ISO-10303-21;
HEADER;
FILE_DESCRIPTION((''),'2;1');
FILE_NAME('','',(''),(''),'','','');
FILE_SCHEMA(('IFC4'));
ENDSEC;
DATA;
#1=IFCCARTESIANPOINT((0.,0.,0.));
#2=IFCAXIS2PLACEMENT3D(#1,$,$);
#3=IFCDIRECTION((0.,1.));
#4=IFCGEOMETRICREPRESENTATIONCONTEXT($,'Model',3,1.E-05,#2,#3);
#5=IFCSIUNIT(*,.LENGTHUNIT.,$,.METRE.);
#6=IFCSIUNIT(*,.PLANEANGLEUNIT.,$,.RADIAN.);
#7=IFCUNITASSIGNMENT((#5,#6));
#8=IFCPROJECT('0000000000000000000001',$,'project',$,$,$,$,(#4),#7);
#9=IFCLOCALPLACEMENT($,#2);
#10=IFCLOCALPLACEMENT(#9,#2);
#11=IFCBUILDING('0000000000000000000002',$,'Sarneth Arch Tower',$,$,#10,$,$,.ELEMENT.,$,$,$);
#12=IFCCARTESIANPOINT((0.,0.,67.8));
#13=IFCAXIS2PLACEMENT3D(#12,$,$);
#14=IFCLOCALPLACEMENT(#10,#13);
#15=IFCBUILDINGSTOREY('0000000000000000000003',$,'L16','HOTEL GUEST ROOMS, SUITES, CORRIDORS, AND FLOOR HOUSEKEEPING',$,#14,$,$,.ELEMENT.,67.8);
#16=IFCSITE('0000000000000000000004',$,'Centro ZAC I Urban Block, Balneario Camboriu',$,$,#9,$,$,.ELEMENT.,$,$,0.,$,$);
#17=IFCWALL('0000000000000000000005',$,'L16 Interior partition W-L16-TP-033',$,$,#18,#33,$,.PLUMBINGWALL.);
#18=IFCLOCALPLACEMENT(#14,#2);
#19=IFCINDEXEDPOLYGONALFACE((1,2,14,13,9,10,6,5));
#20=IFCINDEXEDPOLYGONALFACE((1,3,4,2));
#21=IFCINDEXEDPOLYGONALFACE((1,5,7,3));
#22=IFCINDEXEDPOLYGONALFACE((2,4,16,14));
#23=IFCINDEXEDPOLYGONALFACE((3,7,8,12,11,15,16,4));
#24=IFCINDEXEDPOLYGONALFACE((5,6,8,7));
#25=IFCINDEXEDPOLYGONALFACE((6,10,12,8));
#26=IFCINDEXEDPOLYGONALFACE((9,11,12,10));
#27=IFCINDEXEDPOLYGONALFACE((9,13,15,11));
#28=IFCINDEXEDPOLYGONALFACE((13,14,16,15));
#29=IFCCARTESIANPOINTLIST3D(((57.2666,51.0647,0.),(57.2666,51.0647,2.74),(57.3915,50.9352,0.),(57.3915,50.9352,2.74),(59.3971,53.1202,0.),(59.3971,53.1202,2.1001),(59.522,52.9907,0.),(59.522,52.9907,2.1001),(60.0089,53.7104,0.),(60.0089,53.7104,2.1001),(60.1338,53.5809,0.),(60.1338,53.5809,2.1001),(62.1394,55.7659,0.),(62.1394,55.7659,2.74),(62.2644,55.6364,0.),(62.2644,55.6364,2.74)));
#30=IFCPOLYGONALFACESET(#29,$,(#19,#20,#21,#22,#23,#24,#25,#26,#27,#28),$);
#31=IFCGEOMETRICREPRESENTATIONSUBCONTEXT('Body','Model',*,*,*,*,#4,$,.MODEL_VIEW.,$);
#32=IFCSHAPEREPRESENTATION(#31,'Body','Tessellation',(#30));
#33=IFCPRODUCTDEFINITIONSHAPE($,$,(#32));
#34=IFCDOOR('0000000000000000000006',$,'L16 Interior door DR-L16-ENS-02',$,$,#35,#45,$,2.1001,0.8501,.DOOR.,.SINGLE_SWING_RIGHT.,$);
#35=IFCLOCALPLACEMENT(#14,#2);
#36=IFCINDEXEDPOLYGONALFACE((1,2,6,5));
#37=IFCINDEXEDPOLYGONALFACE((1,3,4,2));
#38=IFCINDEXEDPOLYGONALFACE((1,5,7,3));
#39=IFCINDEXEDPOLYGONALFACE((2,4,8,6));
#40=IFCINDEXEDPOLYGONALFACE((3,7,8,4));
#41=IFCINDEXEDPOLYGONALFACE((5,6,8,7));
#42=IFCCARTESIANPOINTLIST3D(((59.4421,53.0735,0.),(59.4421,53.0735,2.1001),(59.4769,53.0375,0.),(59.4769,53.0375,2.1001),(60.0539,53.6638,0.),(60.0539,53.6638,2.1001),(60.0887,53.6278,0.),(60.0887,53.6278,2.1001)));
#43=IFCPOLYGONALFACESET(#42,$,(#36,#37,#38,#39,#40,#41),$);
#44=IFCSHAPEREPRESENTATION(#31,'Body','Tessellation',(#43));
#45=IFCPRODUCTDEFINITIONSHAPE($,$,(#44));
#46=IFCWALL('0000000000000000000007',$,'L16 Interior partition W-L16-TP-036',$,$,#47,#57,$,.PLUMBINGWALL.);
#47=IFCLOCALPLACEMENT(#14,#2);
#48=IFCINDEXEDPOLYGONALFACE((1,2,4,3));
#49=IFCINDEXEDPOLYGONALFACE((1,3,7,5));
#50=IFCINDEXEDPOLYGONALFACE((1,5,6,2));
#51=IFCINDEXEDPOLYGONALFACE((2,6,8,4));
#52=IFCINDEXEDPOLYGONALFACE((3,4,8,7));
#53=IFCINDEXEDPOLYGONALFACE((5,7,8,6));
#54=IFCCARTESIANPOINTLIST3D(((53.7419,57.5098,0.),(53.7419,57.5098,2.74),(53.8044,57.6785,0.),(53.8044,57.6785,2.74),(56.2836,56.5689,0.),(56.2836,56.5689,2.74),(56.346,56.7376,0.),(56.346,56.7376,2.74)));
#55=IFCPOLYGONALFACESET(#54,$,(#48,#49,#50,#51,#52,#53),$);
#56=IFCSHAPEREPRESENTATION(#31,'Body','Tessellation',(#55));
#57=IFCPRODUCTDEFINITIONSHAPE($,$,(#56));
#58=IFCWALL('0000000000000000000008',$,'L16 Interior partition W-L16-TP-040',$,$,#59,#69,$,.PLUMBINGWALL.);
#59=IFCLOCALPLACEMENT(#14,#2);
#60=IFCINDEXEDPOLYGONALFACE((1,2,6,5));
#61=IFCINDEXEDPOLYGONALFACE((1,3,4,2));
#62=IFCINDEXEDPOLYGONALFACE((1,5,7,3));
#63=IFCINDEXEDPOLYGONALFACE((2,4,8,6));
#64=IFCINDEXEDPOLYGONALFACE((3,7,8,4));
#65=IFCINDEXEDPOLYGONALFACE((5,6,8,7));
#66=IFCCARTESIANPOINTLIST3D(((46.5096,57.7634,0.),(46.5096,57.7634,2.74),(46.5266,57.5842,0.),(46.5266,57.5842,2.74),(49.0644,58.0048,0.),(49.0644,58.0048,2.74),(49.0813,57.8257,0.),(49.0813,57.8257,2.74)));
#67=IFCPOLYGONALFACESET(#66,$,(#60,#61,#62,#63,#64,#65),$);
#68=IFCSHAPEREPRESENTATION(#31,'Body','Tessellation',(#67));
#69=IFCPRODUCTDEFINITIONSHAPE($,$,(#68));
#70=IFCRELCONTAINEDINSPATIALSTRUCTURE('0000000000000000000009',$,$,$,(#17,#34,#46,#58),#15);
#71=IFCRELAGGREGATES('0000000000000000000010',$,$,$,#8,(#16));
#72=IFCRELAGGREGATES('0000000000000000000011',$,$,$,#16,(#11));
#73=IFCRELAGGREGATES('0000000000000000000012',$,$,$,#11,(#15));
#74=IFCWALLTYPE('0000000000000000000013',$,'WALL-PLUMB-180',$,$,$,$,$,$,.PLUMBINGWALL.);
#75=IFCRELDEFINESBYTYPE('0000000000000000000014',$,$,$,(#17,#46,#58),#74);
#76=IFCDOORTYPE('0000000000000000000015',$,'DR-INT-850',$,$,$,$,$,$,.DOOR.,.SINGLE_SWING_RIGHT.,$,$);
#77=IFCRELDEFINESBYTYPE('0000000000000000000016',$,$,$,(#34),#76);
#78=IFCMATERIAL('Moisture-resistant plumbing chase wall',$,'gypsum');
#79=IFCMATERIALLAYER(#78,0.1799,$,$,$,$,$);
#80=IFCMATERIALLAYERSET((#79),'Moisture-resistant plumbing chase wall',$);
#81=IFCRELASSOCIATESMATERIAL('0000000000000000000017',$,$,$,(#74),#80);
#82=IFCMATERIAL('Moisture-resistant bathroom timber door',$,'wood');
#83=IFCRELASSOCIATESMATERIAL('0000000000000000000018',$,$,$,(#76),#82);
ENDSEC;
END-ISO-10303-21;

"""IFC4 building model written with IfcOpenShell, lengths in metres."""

from ifc_helpers import new_model, si_unit, direction, frame, frame_2d, origin, place, context, subcontext, project, spatial, rectangle, extrude, material, layer, layer_set, type_object, element, fill, save


model = new_model("IFC4")

# Units and contexts
model_context = context("Model", 3, precision=1e-05, world=origin(), true_north=direction((0.0, 1.0)))
body_context = subcontext(model_context, "Body", "Model", "MODEL_VIEW")
ifc_project = project(units=[si_unit("LENGTHUNIT", "METRE"), si_unit("PLANEANGLEUNIT", "RADIAN")], contexts=[model_context])

# Site, building, storey
site_placement = place(None, origin())
site = spatial("IfcSite", under=ifc_project, at=site_placement, Name="Centro ZAC I Urban Block, Balneario Camboriu", CompositionType="ELEMENT", RefElevation=0.0)
building_placement = place(site_placement, origin())
building = spatial("IfcBuilding", under=site, at=building_placement, Name="Sarneth Arch Tower", CompositionType="ELEMENT")
storey_placement = place(building_placement, frame((0.0, 0.0, 67.8)))
storey = spatial("IfcBuildingStorey", under=building, at=storey_placement, Name="L16", Description="HOTEL GUEST ROOMS, SUITES, CORRIDORS, AND FLOOR HOUSEKEEPING", CompositionType="ELEMENT", Elevation=67.8)

# Wall, opening, door
ifc_material_1 = material(Name="Moisture-resistant plumbing chase wall", Category="gypsum")
ifc_layer_1 = layer(ifc_material_1, 0.1799)
ifc_layer_set_1 = layer_set([ifc_layer_1], Name="Moisture-resistant plumbing chase wall")
wall_type_1 = type_object("IfcWallType", Name="WALL-PLUMB-180", PredefinedType="PLUMBINGWALL", material=ifc_layer_set_1)
ifc_material_2 = material(Name="Moisture-resistant bathroom timber door", Category="wood")
door_type_1 = type_object("IfcDoorType", Name="DR-INT-850", OperationType="SINGLE_SWING_RIGHT", PredefinedType="DOOR", material=ifc_material_2)
wall_1_placement = place(storey_placement, frame((62.2019, 55.7012, 0.0), z_axis=(0.0, 0.0, 1.0), x_axis=(-0.719667, -0.694319, 0.0)))
wall_1 = element("IfcWall", 1, at=wall_1_placement, inside=storey, type_object=wall_type_1, Name="L16 Interior partition W-L16-TP-033", PredefinedType="PLUMBINGWALL", context=body_context, shape_type="SweptSolid", body=[
    extrude(rectangle(XDim=6.771, YDim=0.1799, at=frame_2d((3.3855, 0.0))), origin(), (0.0, 0.0, 1.0), 2.74),
])
opening_1_placement = place(wall_1_placement, frame((2.9604, 0.0, 0.0)))
opening_1 = element("IfcOpeningElement", 2, at=opening_1_placement, cuts=wall_1, PredefinedType="OPENING", context=body_context, shape_type="SweptSolid", body=[
    extrude(rectangle(XDim=0.8501, YDim=2.1001, at=frame_2d((0.425, 1.05))), frame((0.0, 0.0999, 0.0), z_axis=(0.0, -1.0, 0.0), x_axis=(1.0, 0.0, 0.0)), (0.0, 0.0, 1.0), 0.2),
])
door_1_placement = place(opening_1_placement, origin())
door_1 = element("IfcDoor", 3, at=door_1_placement, inside=storey, type_object=door_type_1, Name="L16 Interior door DR-L16-ENS-02", OperationType="SINGLE_SWING_RIGHT", OverallHeight=2.1001, OverallWidth=0.8501, PredefinedType="DOOR", context=body_context, shape_type="SweptSolid", body=[
    extrude(rectangle(XDim=0.8501, YDim=2.1001, at=frame_2d((0.425, 1.05))), frame((0.0, 0.0249, 0.0), z_axis=(0.0, -1.0, 0.0), x_axis=(1.0, 0.0, 0.0)), (0.0, 0.0, 1.0), 0.05),
])
fill(opening_1, door_1)

# Walls
wall_2_placement = place(storey_placement, frame((56.3147, 56.6533, 0.0), z_axis=(0.0, 0.0, 1.0), x_axis=(-0.937805, 0.347162, 0.0)))
element("IfcWall", 4, at=wall_2_placement, inside=storey, type_object=wall_type_1, Name="L16 Interior partition W-L16-TP-036", PredefinedType="PLUMBINGWALL", context=body_context, shape_type="SweptSolid", body=[
    extrude(rectangle(XDim=2.7102, YDim=0.1799, at=frame_2d((1.355, 0.0))), origin(), (0.0, 0.0, 1.0), 2.74),
])
wall_3_placement = place(storey_placement, frame((49.073, 57.9153, 0.0), z_axis=(0.0, 0.0, 1.0), x_axis=(-0.995563, -0.094095, 0.0)))
element("IfcWall", 5, at=wall_3_placement, inside=storey, type_object=wall_type_1, Name="L16 Interior partition W-L16-TP-040", PredefinedType="PLUMBINGWALL", context=body_context, shape_type="SweptSolid", body=[
    extrude(rectangle(XDim=2.5662, YDim=0.1799, at=frame_2d((1.2832, 0.0))), origin(), (0.0, 0.0, 1.0), 2.74),
])

save(model, "model.ifc")
